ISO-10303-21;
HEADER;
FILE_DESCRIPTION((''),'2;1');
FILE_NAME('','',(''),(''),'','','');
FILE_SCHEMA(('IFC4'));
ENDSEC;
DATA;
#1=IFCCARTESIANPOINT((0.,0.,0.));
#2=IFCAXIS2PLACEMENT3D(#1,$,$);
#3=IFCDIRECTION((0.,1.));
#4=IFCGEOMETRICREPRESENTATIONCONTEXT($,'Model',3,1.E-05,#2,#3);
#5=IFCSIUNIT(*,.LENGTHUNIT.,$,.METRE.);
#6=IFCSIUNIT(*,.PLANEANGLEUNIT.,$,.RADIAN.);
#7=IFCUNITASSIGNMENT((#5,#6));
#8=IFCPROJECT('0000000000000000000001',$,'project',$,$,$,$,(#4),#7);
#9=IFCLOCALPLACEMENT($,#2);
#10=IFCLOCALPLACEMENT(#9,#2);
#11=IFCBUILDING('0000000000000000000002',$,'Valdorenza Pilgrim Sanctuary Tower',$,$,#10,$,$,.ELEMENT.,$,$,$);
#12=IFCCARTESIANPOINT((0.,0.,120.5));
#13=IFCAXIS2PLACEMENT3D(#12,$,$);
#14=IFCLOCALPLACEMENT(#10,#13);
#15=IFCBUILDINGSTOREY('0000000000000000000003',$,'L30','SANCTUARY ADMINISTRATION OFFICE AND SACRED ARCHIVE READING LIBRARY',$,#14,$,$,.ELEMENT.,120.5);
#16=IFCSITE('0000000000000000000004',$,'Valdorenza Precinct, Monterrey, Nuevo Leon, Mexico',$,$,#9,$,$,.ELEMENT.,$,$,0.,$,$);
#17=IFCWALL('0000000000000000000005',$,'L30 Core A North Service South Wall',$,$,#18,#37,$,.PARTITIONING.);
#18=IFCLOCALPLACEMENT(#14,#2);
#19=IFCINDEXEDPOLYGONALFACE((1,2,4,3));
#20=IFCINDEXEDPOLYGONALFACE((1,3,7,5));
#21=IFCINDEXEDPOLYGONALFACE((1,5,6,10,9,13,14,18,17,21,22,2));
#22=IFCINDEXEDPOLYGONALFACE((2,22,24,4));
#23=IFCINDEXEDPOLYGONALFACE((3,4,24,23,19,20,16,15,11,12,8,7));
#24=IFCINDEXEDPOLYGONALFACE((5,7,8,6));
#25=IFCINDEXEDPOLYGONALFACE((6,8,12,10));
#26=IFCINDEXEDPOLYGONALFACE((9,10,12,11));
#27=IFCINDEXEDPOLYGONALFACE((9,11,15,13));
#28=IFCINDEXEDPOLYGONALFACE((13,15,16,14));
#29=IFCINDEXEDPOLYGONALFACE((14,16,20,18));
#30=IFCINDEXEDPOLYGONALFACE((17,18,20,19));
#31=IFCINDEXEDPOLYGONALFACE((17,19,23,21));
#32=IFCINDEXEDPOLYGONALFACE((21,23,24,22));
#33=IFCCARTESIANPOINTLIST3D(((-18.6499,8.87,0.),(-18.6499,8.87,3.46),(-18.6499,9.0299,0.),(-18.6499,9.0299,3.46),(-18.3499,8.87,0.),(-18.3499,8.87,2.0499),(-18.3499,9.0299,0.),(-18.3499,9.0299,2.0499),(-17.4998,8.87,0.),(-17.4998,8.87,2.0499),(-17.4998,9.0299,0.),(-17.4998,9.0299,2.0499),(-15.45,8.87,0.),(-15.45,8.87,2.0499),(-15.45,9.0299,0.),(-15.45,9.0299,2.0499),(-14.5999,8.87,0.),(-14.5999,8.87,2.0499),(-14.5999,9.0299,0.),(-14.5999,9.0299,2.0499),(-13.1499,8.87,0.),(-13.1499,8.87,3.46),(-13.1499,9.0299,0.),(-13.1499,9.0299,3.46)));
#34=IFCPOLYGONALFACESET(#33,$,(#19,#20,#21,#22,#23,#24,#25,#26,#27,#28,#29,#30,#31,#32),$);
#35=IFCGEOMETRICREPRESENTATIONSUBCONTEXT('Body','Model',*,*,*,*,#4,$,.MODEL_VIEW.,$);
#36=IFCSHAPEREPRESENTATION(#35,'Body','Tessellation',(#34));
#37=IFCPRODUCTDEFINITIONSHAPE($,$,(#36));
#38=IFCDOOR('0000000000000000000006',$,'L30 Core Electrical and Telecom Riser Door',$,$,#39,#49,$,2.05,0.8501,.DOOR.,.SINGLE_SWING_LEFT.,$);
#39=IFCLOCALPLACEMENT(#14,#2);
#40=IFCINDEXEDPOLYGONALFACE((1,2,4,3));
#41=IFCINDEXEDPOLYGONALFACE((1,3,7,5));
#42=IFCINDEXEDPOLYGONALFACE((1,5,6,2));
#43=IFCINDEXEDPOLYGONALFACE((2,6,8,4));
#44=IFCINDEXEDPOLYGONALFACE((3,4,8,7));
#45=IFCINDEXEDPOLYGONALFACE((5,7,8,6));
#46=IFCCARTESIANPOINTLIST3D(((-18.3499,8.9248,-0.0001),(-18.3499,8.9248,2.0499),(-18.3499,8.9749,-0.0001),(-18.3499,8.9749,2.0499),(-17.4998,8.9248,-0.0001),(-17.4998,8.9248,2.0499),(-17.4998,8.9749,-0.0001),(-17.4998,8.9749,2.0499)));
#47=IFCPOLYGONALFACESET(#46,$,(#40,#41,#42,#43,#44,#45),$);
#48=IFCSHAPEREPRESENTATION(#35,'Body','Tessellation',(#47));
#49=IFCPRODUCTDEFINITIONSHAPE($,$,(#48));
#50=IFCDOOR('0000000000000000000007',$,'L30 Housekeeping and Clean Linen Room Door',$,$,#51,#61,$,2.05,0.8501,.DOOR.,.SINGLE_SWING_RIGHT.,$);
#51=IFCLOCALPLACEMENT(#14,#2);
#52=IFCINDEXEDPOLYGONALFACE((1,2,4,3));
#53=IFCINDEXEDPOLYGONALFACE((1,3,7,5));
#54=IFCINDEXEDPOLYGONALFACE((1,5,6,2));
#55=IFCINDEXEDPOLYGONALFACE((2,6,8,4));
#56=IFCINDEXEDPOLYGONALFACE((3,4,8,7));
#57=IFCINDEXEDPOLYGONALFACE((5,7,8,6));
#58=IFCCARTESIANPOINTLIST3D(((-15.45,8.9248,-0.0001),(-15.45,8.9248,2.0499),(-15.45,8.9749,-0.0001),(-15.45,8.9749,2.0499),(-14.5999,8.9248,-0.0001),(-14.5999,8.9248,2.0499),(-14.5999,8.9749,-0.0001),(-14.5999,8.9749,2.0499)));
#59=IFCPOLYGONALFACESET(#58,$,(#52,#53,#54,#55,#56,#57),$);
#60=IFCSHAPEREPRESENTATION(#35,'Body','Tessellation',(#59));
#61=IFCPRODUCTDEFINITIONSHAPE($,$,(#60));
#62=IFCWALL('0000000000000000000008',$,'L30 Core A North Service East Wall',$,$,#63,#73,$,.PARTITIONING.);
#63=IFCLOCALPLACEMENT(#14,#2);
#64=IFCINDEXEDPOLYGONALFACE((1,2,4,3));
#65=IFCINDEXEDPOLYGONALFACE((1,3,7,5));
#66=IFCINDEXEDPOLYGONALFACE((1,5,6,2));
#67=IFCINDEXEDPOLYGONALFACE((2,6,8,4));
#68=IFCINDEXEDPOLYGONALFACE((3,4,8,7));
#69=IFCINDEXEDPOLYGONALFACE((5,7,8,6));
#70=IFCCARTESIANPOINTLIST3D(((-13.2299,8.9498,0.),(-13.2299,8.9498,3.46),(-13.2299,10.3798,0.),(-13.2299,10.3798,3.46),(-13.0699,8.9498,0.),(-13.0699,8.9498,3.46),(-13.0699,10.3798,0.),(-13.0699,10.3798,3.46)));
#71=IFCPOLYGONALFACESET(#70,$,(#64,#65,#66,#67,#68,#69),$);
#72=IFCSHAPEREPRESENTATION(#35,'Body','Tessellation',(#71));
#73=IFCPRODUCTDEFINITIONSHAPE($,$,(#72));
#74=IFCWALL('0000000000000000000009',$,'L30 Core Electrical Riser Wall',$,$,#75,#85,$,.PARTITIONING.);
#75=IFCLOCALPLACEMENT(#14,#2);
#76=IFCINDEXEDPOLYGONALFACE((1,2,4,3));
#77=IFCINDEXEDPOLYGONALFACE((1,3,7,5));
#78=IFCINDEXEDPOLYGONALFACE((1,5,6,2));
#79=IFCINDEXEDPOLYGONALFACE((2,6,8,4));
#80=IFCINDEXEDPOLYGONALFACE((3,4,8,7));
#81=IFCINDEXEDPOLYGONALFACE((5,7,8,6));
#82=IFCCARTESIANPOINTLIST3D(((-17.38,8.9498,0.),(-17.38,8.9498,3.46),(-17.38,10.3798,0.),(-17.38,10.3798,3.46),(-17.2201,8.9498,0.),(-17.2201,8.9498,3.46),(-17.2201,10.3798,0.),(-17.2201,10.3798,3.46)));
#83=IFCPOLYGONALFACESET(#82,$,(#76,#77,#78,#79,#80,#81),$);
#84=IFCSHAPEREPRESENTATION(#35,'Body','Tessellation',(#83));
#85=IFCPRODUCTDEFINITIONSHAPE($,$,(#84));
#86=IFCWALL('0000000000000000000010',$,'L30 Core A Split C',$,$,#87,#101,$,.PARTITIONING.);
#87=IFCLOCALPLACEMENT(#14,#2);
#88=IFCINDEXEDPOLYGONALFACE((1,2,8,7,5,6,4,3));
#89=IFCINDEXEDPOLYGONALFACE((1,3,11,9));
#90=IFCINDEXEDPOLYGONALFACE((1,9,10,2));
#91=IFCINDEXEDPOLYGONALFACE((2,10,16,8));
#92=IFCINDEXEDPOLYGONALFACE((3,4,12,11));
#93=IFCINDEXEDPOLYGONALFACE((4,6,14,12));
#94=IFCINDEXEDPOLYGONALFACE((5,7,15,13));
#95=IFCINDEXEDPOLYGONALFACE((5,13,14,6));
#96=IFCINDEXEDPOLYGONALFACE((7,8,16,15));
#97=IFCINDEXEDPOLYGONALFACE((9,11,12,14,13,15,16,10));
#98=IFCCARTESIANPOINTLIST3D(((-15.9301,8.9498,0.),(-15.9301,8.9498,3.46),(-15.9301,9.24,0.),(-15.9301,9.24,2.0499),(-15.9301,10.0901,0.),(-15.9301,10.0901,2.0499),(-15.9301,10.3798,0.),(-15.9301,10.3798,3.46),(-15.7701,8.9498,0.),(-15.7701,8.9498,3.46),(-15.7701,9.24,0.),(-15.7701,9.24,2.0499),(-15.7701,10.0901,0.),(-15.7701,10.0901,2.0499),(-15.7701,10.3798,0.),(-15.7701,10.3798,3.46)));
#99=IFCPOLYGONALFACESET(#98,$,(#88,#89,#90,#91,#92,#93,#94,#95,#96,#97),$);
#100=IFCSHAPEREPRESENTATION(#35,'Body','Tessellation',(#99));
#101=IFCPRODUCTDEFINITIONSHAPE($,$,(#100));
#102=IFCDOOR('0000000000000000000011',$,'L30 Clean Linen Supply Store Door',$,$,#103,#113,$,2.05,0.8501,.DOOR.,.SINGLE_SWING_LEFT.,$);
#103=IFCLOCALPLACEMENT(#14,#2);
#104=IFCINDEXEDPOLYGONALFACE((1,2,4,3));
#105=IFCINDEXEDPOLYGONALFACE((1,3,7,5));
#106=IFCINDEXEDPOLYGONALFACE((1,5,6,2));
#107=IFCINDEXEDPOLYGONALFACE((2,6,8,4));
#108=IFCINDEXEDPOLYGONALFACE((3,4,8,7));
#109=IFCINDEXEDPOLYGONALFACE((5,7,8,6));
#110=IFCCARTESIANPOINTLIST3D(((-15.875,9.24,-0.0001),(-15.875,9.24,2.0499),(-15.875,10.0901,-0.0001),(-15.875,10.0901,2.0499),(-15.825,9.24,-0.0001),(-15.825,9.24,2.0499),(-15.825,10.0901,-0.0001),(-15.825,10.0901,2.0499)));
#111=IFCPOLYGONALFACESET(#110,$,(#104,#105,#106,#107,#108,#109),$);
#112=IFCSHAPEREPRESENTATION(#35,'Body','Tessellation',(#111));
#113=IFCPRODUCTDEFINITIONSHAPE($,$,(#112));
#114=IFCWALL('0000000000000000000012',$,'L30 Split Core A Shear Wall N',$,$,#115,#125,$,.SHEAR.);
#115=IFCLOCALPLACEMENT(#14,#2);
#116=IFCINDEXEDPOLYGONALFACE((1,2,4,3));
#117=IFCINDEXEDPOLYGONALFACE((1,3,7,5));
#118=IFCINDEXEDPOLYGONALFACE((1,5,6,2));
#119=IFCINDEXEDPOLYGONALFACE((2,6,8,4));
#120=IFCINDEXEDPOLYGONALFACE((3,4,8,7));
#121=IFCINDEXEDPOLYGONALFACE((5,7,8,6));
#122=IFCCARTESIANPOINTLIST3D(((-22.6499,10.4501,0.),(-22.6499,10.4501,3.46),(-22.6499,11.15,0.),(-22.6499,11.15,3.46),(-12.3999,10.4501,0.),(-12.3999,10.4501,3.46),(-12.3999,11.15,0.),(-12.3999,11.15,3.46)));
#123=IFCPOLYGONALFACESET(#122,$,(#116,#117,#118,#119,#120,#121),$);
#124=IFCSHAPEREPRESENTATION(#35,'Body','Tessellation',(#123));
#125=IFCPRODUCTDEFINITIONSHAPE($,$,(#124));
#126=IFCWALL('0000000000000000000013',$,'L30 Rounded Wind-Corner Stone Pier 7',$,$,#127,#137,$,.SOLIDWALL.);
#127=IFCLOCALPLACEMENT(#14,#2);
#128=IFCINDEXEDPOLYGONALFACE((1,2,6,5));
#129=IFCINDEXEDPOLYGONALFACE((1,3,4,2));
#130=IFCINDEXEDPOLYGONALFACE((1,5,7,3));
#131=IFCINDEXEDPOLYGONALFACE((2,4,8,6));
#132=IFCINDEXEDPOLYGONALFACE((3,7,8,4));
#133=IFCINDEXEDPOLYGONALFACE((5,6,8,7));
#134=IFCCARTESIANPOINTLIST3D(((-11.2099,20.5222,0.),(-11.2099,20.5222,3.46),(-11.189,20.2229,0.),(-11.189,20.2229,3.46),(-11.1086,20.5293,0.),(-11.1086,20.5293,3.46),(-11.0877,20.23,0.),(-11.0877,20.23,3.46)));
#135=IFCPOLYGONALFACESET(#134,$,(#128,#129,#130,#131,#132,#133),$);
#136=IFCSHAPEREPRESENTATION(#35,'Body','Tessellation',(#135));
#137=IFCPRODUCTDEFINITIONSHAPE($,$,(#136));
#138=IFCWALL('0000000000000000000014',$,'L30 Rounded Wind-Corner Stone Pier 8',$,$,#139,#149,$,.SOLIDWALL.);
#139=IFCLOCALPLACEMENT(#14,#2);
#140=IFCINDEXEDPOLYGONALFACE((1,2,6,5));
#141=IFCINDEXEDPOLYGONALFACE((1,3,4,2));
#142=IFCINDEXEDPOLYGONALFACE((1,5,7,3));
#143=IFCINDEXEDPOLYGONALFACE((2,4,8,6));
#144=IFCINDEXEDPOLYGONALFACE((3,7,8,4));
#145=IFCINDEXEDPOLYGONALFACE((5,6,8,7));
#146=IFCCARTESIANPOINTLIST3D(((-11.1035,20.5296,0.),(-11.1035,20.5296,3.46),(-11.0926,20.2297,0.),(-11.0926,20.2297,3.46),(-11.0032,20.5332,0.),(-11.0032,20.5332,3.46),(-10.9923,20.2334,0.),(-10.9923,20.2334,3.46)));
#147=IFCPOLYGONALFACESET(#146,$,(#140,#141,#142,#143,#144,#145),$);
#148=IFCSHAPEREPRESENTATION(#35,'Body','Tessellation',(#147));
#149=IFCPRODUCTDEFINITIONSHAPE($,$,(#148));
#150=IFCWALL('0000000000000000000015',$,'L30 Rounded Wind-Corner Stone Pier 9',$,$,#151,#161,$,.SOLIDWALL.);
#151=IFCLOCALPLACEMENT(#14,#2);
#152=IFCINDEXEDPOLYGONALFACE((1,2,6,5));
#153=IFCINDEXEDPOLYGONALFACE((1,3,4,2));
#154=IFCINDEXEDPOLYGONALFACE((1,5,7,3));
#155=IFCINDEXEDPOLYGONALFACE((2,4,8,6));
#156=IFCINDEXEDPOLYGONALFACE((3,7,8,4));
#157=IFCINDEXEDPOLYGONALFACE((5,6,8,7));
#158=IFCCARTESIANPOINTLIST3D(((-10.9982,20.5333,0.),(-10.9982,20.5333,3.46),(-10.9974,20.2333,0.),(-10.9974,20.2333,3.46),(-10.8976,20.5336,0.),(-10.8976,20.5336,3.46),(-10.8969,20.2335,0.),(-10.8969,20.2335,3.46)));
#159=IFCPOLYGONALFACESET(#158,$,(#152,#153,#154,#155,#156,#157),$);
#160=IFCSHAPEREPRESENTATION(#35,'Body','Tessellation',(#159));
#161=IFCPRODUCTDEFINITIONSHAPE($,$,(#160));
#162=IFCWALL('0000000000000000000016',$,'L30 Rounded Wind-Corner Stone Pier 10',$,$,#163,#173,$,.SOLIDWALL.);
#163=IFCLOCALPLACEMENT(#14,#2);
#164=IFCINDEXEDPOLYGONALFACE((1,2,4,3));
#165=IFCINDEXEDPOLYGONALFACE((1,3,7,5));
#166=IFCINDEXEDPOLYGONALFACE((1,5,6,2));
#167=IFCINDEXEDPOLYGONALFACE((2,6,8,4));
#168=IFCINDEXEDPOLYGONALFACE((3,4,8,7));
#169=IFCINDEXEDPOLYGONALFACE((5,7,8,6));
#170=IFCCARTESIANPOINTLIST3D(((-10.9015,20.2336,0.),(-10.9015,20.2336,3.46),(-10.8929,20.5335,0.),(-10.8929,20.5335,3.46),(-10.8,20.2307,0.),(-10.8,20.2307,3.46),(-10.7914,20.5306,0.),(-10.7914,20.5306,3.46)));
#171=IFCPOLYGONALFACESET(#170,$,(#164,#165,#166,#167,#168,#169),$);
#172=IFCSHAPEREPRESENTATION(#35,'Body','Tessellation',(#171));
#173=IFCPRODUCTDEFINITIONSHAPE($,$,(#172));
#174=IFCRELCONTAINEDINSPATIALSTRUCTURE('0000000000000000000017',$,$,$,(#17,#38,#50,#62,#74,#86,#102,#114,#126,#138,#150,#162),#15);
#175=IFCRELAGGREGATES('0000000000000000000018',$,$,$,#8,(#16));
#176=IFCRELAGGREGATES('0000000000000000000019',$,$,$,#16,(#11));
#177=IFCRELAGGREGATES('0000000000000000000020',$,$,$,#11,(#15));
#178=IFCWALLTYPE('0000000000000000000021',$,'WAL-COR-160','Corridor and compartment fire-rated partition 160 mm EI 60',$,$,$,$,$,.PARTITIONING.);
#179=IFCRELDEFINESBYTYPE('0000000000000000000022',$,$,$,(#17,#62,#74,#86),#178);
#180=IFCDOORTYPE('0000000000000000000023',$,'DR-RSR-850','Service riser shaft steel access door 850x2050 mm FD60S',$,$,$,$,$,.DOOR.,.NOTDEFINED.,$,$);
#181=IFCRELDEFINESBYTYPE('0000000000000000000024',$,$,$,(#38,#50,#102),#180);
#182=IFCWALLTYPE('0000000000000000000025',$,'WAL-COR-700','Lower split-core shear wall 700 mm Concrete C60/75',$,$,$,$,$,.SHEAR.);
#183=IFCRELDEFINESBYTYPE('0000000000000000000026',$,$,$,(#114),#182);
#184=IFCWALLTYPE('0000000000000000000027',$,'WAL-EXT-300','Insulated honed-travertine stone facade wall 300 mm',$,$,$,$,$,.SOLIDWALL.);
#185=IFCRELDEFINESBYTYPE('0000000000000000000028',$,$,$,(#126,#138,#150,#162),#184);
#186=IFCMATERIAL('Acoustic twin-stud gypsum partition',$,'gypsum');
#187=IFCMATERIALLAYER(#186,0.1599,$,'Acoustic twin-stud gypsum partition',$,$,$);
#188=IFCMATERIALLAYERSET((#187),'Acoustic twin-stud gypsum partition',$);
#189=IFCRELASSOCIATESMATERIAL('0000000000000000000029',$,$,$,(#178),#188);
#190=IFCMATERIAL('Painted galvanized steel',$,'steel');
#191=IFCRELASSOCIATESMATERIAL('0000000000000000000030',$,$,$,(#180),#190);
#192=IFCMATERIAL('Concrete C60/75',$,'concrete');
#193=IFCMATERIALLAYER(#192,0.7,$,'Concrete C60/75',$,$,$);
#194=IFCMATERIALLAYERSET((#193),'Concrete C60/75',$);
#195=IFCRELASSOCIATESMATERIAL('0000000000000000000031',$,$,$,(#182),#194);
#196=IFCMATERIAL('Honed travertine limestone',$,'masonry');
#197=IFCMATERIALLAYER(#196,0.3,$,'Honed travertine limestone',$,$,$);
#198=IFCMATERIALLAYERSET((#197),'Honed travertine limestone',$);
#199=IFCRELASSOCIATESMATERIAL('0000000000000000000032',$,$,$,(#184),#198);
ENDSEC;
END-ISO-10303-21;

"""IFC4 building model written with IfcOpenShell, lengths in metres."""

from ifc_helpers import new_model, si_unit, direction, frame, frame_2d, origin, place, context, subcontext, project, spatial, rectangle, extrude, material, layer, layer_set, type_object, element, fill, save


model = new_model("IFC4")

# Units and contexts
model_context = context("Model", 3, precision=1e-05, world=origin(), true_north=direction((0.0, 1.0)))
body_context = subcontext(model_context, "Body", "Model", "MODEL_VIEW")
ifc_project = project(units=[si_unit("LENGTHUNIT", "METRE"), si_unit("PLANEANGLEUNIT", "RADIAN")], contexts=[model_context])

# Site, building, storey
site_placement = place(None, origin())
site = spatial("IfcSite", under=ifc_project, at=site_placement, Name="Valdorenza Precinct, Monterrey, Nuevo Leon, Mexico", CompositionType="ELEMENT", RefElevation=0.0)
building_placement = place(site_placement, origin())
building = spatial("IfcBuilding", under=site, at=building_placement, Name="Valdorenza Pilgrim Sanctuary Tower", CompositionType="ELEMENT")
storey_placement = place(building_placement, frame((0.0, 0.0, 120.5)))
storey = spatial("IfcBuildingStorey", under=building, at=storey_placement, Name="L30", Description="SANCTUARY ADMINISTRATION OFFICE AND SACRED ARCHIVE READING LIBRARY", CompositionType="ELEMENT", Elevation=120.5)

# Shared definitions
ifc_material_1 = material(Name="Concrete C60/75", Category="concrete")

# Shared definitions
ifc_material_2 = material(Name="Honed travertine limestone", Category="masonry")

# Wall, openings, doors
ifc_material_3 = material(Name="Acoustic twin-stud gypsum partition", Category="gypsum")
ifc_layer_1 = layer(ifc_material_3, 0.1599, Name="Acoustic twin-stud gypsum partition")
ifc_layer_set_1 = layer_set([ifc_layer_1], Name="Acoustic twin-stud gypsum partition")
wall_type_1 = type_object("IfcWallType", Name="WAL-COR-160", Description="Corridor and compartment fire-rated partition 160 mm EI 60", PredefinedType="PARTITIONING", material=ifc_layer_set_1)
wall_1_placement = place(storey_placement, frame((-18.6499, 8.95, 0.0), z_axis=(0.0, 0.0, 1.0), x_axis=(1.0, 0.0, 0.0)))
wall_1 = element("IfcWall", 1, at=wall_1_placement, inside=storey, type_object=wall_type_1, Name="L30 Core A North Service South Wall", PredefinedType="PARTITIONING", context=body_context, shape_type="SweptSolid", body=[
    extrude(rectangle(XDim=5.5, YDim=0.1599, at=frame_2d((2.75, 0.0))), origin(), (0.0, 0.0, 1.0), 3.46),
])
opening_1_placement = place(wall_1_placement, frame((0.3, 0.0, 0.0)))
opening_1 = element("IfcOpeningElement", 2, at=opening_1_placement, cuts=wall_1, PredefinedType="OPENING", context=body_context, shape_type="SweptSolid", body=[
    extrude(rectangle(XDim=0.8501, YDim=2.05, at=frame_2d((0.425, 1.0249))), frame((0.0, 0.0947, 0.0), z_axis=(0.0, -1.0, 0.0), x_axis=(1.0, 0.0, 0.0)), (0.0, 0.0, 1.0), 0.1897),
])
opening_2_placement = place(wall_1_placement, frame((3.2, 0.0, 0.0)))
opening_2 = element("IfcOpeningElement", 3, at=opening_2_placement, cuts=wall_1, PredefinedType="OPENING", context=body_context, shape_type="SweptSolid", body=[
    extrude(rectangle(XDim=0.8501, YDim=2.05, at=frame_2d((0.425, 1.0249))), frame((0.0, 0.0947, 0.0), z_axis=(0.0, -1.0, 0.0), x_axis=(1.0, 0.0, 0.0)), (0.0, 0.0, 1.0), 0.1897),
])
ifc_material_4 = material(Name="Painted galvanized steel", Category="steel")
door_type = type_object("IfcDoorType", Name="DR-RSR-850", Description="Service riser shaft steel access door 850x2050 mm FD60S", OperationType="NOTDEFINED", PredefinedType="DOOR", material=ifc_material_4)
door_1_placement = place(opening_1_placement, origin())
door_1 = element("IfcDoor", 4, at=door_1_placement, inside=storey, type_object=door_type, Name="L30 Core Electrical and Telecom Riser Door", OperationType="SINGLE_SWING_LEFT", OverallHeight=2.05, OverallWidth=0.8501, PredefinedType="DOOR", context=body_context, shape_type="SweptSolid", body=[
    extrude(rectangle(XDim=0.8501, YDim=2.05, at=frame_2d((0.425, 1.0249))), frame((0.0, 0.0249, 0.0), z_axis=(0.0, -1.0, 0.0), x_axis=(1.0, 0.0, 0.0)), (0.0, 0.0, 1.0), 0.05),
])
fill(opening_1, door_1)
door_2_placement = place(opening_2_placement, origin())
door_2 = element("IfcDoor", 5, at=door_2_placement, inside=storey, type_object=door_type, Name="L30 Housekeeping and Clean Linen Room Door", OperationType="SINGLE_SWING_RIGHT", OverallHeight=2.05, OverallWidth=0.8501, PredefinedType="DOOR", context=body_context, shape_type="SweptSolid", body=[
    extrude(rectangle(XDim=0.8501, YDim=2.05, at=frame_2d((0.425, 1.0249))), frame((0.0, 0.0249, 0.0), z_axis=(0.0, -1.0, 0.0), x_axis=(1.0, 0.0, 0.0)), (0.0, 0.0, 1.0), 0.05),
])
fill(opening_2, door_2)

# Walls
for number, where, z_axis, x_axis, name in (
    (6, (-13.1499, 8.95, 0.0), (0.0, 0.0, 1.0), (0.0, 1.0, 0.0), "L30 Core A North Service East Wall"),
    (7, (-17.3, 8.95, 0.0), (0.0, 0.0, 1.0), (0.0, 1.0, 0.0), "L30 Core Electrical Riser Wall"),
):
    element("IfcWall", number, at=place(storey_placement, frame(where, z_axis=z_axis, x_axis=x_axis)), inside=storey, type_object=wall_type_1, Name=name, PredefinedType="PARTITIONING", context=body_context, shape_type="SweptSolid", body=[
        extrude(rectangle(XDim=1.4299, YDim=0.1599, at=frame_2d((0.7148, 0.0))), origin(), (0.0, 0.0, 1.0), 3.46),
    ])

# Wall, opening, door
wall_2_placement = place(storey_placement, frame((-15.8501, 8.95, 0.0), z_axis=(0.0, 0.0, 1.0), x_axis=(0.0, 1.0, 0.0)))
wall_2 = element("IfcWall", 8, at=wall_2_placement, inside=storey, type_object=wall_type_1, Name="L30 Core A Split C", PredefinedType="PARTITIONING", context=body_context, shape_type="SweptSolid", body=[
    extrude(rectangle(XDim=1.4299, YDim=0.1599, at=frame_2d((0.7148, 0.0))), origin(), (0.0, 0.0, 1.0), 3.46),
])
opening_3_placement = place(wall_2_placement, frame((0.29, 0.0, 0.0)))
opening_3 = element("IfcOpeningElement", 9, at=opening_3_placement, cuts=wall_2, PredefinedType="OPENING", context=body_context, shape_type="SweptSolid", body=[
    extrude(rectangle(XDim=0.8501, YDim=2.05, at=frame_2d((0.425, 1.0249))), frame((0.0, 0.0947, 0.0), z_axis=(0.0, -1.0, 0.0), x_axis=(1.0, 0.0, 0.0)), (0.0, 0.0, 1.0), 0.1897),
])
door_3_placement = place(opening_3_placement, origin())
door_3 = element("IfcDoor", 10, at=door_3_placement, inside=storey, type_object=door_type, Name="L30 Clean Linen Supply Store Door", OperationType="SINGLE_SWING_LEFT", OverallHeight=2.05, OverallWidth=0.8501, PredefinedType="DOOR", context=body_context, shape_type="SweptSolid", body=[
    extrude(rectangle(XDim=0.8501, YDim=2.05, at=frame_2d((0.425, 1.0249))), frame((0.0, 0.0249, 0.0), z_axis=(0.0, -1.0, 0.0), x_axis=(1.0, 0.0, 0.0)), (0.0, 0.0, 1.0), 0.05),
])
fill(opening_3, door_3)

# Walls
ifc_layer_2 = layer(ifc_material_1, 0.7, Name="Concrete C60/75")
ifc_layer_set_2 = layer_set([ifc_layer_2], Name="Concrete C60/75")
wall_type_2 = type_object("IfcWallType", Name="WAL-COR-700", Description="Lower split-core shear wall 700 mm Concrete C60/75", PredefinedType="SHEAR", material=ifc_layer_set_2)
wall_3_placement = place(storey_placement, frame((-22.6499, 10.8, 0.0), z_axis=(0.0, 0.0, 1.0), x_axis=(1.0, 0.0, 0.0)))
element("IfcWall", 11, at=wall_3_placement, inside=storey, type_object=wall_type_2, Name="L30 Split Core A Shear Wall N", PredefinedType="SHEAR", context=body_context, shape_type="SweptSolid", body=[
    extrude(rectangle(XDim=10.25, YDim=0.7, at=frame_2d((5.125, 0.0))), origin(), (0.0, 0.0, 1.0), 3.46),
])
ifc_layer_3 = layer(ifc_material_2, 0.3, Name="Honed travertine limestone")
ifc_layer_set_3 = layer_set([ifc_layer_3], Name="Honed travertine limestone")
wall_type_3 = type_object("IfcWallType", Name="WAL-EXT-300", Description="Insulated honed-travertine stone facade wall 300 mm", PredefinedType="SOLIDWALL", material=ifc_layer_set_3)
wall_4_placement = place(storey_placement, frame((-11.1995, 20.3726, 0.0), z_axis=(0.0, 0.0, 1.0), x_axis=(0.997567, 0.06971, 0.0)))
element("IfcWall", 12, at=wall_4_placement, inside=storey, type_object=wall_type_3, Name="L30 Rounded Wind-Corner Stone Pier 7", PredefinedType="SOLIDWALL", context=body_context, shape_type="SweptSolid", body=[
    extrude(rectangle(XDim=0.1016, YDim=0.3, at=frame_2d((0.0508, 0.0))), origin(), (0.0, 0.0, 1.0), 3.46),
])
wall_5_placement = place(storey_placement, frame((-11.0981, 20.3796, 0.0), z_axis=(0.0, 0.0, 1.0), x_axis=(0.999335, 0.036472, 0.0)))
element("IfcWall", 13, at=wall_5_placement, inside=storey, type_object=wall_type_3, Name="L30 Rounded Wind-Corner Stone Pier 8", PredefinedType="SOLIDWALL", context=body_context, shape_type="SweptSolid", body=[
    extrude(rectangle(XDim=0.1003, YDim=0.3, at=frame_2d((0.0503, 0.0))), origin(), (0.0, 0.0, 1.0), 3.46),
])
wall_6_placement = place(storey_placement, frame((-10.9978, 20.3833, 0.0), z_axis=(0.0, 0.0, 1.0), x_axis=(0.999997, 0.002427, 0.0)))
element("IfcWall", 14, at=wall_6_placement, inside=storey, type_object=wall_type_3, Name="L30 Rounded Wind-Corner Stone Pier 9", PredefinedType="SOLIDWALL", context=body_context, shape_type="SweptSolid", body=[
    extrude(rectangle(XDim=0.1006, YDim=0.3, at=frame_2d((0.0503, 0.0))), origin(), (0.0, 0.0, 1.0), 3.46),
])
wall_7_placement = place(storey_placement, frame((-10.8972, 20.3835, 0.0), z_axis=(0.0, 0.0, 1.0), x_axis=(0.999584, -0.028834, 0.0)))
element("IfcWall", 15, at=wall_7_placement, inside=storey, type_object=wall_type_3, Name="L30 Rounded Wind-Corner Stone Pier 10", PredefinedType="SOLIDWALL", context=body_context, shape_type="SweptSolid", body=[
    extrude(rectangle(XDim=0.1016, YDim=0.3, at=frame_2d((0.0508, 0.0))), origin(), (0.0, 0.0, 1.0), 3.46),
])

save(model, "model.ifc")
